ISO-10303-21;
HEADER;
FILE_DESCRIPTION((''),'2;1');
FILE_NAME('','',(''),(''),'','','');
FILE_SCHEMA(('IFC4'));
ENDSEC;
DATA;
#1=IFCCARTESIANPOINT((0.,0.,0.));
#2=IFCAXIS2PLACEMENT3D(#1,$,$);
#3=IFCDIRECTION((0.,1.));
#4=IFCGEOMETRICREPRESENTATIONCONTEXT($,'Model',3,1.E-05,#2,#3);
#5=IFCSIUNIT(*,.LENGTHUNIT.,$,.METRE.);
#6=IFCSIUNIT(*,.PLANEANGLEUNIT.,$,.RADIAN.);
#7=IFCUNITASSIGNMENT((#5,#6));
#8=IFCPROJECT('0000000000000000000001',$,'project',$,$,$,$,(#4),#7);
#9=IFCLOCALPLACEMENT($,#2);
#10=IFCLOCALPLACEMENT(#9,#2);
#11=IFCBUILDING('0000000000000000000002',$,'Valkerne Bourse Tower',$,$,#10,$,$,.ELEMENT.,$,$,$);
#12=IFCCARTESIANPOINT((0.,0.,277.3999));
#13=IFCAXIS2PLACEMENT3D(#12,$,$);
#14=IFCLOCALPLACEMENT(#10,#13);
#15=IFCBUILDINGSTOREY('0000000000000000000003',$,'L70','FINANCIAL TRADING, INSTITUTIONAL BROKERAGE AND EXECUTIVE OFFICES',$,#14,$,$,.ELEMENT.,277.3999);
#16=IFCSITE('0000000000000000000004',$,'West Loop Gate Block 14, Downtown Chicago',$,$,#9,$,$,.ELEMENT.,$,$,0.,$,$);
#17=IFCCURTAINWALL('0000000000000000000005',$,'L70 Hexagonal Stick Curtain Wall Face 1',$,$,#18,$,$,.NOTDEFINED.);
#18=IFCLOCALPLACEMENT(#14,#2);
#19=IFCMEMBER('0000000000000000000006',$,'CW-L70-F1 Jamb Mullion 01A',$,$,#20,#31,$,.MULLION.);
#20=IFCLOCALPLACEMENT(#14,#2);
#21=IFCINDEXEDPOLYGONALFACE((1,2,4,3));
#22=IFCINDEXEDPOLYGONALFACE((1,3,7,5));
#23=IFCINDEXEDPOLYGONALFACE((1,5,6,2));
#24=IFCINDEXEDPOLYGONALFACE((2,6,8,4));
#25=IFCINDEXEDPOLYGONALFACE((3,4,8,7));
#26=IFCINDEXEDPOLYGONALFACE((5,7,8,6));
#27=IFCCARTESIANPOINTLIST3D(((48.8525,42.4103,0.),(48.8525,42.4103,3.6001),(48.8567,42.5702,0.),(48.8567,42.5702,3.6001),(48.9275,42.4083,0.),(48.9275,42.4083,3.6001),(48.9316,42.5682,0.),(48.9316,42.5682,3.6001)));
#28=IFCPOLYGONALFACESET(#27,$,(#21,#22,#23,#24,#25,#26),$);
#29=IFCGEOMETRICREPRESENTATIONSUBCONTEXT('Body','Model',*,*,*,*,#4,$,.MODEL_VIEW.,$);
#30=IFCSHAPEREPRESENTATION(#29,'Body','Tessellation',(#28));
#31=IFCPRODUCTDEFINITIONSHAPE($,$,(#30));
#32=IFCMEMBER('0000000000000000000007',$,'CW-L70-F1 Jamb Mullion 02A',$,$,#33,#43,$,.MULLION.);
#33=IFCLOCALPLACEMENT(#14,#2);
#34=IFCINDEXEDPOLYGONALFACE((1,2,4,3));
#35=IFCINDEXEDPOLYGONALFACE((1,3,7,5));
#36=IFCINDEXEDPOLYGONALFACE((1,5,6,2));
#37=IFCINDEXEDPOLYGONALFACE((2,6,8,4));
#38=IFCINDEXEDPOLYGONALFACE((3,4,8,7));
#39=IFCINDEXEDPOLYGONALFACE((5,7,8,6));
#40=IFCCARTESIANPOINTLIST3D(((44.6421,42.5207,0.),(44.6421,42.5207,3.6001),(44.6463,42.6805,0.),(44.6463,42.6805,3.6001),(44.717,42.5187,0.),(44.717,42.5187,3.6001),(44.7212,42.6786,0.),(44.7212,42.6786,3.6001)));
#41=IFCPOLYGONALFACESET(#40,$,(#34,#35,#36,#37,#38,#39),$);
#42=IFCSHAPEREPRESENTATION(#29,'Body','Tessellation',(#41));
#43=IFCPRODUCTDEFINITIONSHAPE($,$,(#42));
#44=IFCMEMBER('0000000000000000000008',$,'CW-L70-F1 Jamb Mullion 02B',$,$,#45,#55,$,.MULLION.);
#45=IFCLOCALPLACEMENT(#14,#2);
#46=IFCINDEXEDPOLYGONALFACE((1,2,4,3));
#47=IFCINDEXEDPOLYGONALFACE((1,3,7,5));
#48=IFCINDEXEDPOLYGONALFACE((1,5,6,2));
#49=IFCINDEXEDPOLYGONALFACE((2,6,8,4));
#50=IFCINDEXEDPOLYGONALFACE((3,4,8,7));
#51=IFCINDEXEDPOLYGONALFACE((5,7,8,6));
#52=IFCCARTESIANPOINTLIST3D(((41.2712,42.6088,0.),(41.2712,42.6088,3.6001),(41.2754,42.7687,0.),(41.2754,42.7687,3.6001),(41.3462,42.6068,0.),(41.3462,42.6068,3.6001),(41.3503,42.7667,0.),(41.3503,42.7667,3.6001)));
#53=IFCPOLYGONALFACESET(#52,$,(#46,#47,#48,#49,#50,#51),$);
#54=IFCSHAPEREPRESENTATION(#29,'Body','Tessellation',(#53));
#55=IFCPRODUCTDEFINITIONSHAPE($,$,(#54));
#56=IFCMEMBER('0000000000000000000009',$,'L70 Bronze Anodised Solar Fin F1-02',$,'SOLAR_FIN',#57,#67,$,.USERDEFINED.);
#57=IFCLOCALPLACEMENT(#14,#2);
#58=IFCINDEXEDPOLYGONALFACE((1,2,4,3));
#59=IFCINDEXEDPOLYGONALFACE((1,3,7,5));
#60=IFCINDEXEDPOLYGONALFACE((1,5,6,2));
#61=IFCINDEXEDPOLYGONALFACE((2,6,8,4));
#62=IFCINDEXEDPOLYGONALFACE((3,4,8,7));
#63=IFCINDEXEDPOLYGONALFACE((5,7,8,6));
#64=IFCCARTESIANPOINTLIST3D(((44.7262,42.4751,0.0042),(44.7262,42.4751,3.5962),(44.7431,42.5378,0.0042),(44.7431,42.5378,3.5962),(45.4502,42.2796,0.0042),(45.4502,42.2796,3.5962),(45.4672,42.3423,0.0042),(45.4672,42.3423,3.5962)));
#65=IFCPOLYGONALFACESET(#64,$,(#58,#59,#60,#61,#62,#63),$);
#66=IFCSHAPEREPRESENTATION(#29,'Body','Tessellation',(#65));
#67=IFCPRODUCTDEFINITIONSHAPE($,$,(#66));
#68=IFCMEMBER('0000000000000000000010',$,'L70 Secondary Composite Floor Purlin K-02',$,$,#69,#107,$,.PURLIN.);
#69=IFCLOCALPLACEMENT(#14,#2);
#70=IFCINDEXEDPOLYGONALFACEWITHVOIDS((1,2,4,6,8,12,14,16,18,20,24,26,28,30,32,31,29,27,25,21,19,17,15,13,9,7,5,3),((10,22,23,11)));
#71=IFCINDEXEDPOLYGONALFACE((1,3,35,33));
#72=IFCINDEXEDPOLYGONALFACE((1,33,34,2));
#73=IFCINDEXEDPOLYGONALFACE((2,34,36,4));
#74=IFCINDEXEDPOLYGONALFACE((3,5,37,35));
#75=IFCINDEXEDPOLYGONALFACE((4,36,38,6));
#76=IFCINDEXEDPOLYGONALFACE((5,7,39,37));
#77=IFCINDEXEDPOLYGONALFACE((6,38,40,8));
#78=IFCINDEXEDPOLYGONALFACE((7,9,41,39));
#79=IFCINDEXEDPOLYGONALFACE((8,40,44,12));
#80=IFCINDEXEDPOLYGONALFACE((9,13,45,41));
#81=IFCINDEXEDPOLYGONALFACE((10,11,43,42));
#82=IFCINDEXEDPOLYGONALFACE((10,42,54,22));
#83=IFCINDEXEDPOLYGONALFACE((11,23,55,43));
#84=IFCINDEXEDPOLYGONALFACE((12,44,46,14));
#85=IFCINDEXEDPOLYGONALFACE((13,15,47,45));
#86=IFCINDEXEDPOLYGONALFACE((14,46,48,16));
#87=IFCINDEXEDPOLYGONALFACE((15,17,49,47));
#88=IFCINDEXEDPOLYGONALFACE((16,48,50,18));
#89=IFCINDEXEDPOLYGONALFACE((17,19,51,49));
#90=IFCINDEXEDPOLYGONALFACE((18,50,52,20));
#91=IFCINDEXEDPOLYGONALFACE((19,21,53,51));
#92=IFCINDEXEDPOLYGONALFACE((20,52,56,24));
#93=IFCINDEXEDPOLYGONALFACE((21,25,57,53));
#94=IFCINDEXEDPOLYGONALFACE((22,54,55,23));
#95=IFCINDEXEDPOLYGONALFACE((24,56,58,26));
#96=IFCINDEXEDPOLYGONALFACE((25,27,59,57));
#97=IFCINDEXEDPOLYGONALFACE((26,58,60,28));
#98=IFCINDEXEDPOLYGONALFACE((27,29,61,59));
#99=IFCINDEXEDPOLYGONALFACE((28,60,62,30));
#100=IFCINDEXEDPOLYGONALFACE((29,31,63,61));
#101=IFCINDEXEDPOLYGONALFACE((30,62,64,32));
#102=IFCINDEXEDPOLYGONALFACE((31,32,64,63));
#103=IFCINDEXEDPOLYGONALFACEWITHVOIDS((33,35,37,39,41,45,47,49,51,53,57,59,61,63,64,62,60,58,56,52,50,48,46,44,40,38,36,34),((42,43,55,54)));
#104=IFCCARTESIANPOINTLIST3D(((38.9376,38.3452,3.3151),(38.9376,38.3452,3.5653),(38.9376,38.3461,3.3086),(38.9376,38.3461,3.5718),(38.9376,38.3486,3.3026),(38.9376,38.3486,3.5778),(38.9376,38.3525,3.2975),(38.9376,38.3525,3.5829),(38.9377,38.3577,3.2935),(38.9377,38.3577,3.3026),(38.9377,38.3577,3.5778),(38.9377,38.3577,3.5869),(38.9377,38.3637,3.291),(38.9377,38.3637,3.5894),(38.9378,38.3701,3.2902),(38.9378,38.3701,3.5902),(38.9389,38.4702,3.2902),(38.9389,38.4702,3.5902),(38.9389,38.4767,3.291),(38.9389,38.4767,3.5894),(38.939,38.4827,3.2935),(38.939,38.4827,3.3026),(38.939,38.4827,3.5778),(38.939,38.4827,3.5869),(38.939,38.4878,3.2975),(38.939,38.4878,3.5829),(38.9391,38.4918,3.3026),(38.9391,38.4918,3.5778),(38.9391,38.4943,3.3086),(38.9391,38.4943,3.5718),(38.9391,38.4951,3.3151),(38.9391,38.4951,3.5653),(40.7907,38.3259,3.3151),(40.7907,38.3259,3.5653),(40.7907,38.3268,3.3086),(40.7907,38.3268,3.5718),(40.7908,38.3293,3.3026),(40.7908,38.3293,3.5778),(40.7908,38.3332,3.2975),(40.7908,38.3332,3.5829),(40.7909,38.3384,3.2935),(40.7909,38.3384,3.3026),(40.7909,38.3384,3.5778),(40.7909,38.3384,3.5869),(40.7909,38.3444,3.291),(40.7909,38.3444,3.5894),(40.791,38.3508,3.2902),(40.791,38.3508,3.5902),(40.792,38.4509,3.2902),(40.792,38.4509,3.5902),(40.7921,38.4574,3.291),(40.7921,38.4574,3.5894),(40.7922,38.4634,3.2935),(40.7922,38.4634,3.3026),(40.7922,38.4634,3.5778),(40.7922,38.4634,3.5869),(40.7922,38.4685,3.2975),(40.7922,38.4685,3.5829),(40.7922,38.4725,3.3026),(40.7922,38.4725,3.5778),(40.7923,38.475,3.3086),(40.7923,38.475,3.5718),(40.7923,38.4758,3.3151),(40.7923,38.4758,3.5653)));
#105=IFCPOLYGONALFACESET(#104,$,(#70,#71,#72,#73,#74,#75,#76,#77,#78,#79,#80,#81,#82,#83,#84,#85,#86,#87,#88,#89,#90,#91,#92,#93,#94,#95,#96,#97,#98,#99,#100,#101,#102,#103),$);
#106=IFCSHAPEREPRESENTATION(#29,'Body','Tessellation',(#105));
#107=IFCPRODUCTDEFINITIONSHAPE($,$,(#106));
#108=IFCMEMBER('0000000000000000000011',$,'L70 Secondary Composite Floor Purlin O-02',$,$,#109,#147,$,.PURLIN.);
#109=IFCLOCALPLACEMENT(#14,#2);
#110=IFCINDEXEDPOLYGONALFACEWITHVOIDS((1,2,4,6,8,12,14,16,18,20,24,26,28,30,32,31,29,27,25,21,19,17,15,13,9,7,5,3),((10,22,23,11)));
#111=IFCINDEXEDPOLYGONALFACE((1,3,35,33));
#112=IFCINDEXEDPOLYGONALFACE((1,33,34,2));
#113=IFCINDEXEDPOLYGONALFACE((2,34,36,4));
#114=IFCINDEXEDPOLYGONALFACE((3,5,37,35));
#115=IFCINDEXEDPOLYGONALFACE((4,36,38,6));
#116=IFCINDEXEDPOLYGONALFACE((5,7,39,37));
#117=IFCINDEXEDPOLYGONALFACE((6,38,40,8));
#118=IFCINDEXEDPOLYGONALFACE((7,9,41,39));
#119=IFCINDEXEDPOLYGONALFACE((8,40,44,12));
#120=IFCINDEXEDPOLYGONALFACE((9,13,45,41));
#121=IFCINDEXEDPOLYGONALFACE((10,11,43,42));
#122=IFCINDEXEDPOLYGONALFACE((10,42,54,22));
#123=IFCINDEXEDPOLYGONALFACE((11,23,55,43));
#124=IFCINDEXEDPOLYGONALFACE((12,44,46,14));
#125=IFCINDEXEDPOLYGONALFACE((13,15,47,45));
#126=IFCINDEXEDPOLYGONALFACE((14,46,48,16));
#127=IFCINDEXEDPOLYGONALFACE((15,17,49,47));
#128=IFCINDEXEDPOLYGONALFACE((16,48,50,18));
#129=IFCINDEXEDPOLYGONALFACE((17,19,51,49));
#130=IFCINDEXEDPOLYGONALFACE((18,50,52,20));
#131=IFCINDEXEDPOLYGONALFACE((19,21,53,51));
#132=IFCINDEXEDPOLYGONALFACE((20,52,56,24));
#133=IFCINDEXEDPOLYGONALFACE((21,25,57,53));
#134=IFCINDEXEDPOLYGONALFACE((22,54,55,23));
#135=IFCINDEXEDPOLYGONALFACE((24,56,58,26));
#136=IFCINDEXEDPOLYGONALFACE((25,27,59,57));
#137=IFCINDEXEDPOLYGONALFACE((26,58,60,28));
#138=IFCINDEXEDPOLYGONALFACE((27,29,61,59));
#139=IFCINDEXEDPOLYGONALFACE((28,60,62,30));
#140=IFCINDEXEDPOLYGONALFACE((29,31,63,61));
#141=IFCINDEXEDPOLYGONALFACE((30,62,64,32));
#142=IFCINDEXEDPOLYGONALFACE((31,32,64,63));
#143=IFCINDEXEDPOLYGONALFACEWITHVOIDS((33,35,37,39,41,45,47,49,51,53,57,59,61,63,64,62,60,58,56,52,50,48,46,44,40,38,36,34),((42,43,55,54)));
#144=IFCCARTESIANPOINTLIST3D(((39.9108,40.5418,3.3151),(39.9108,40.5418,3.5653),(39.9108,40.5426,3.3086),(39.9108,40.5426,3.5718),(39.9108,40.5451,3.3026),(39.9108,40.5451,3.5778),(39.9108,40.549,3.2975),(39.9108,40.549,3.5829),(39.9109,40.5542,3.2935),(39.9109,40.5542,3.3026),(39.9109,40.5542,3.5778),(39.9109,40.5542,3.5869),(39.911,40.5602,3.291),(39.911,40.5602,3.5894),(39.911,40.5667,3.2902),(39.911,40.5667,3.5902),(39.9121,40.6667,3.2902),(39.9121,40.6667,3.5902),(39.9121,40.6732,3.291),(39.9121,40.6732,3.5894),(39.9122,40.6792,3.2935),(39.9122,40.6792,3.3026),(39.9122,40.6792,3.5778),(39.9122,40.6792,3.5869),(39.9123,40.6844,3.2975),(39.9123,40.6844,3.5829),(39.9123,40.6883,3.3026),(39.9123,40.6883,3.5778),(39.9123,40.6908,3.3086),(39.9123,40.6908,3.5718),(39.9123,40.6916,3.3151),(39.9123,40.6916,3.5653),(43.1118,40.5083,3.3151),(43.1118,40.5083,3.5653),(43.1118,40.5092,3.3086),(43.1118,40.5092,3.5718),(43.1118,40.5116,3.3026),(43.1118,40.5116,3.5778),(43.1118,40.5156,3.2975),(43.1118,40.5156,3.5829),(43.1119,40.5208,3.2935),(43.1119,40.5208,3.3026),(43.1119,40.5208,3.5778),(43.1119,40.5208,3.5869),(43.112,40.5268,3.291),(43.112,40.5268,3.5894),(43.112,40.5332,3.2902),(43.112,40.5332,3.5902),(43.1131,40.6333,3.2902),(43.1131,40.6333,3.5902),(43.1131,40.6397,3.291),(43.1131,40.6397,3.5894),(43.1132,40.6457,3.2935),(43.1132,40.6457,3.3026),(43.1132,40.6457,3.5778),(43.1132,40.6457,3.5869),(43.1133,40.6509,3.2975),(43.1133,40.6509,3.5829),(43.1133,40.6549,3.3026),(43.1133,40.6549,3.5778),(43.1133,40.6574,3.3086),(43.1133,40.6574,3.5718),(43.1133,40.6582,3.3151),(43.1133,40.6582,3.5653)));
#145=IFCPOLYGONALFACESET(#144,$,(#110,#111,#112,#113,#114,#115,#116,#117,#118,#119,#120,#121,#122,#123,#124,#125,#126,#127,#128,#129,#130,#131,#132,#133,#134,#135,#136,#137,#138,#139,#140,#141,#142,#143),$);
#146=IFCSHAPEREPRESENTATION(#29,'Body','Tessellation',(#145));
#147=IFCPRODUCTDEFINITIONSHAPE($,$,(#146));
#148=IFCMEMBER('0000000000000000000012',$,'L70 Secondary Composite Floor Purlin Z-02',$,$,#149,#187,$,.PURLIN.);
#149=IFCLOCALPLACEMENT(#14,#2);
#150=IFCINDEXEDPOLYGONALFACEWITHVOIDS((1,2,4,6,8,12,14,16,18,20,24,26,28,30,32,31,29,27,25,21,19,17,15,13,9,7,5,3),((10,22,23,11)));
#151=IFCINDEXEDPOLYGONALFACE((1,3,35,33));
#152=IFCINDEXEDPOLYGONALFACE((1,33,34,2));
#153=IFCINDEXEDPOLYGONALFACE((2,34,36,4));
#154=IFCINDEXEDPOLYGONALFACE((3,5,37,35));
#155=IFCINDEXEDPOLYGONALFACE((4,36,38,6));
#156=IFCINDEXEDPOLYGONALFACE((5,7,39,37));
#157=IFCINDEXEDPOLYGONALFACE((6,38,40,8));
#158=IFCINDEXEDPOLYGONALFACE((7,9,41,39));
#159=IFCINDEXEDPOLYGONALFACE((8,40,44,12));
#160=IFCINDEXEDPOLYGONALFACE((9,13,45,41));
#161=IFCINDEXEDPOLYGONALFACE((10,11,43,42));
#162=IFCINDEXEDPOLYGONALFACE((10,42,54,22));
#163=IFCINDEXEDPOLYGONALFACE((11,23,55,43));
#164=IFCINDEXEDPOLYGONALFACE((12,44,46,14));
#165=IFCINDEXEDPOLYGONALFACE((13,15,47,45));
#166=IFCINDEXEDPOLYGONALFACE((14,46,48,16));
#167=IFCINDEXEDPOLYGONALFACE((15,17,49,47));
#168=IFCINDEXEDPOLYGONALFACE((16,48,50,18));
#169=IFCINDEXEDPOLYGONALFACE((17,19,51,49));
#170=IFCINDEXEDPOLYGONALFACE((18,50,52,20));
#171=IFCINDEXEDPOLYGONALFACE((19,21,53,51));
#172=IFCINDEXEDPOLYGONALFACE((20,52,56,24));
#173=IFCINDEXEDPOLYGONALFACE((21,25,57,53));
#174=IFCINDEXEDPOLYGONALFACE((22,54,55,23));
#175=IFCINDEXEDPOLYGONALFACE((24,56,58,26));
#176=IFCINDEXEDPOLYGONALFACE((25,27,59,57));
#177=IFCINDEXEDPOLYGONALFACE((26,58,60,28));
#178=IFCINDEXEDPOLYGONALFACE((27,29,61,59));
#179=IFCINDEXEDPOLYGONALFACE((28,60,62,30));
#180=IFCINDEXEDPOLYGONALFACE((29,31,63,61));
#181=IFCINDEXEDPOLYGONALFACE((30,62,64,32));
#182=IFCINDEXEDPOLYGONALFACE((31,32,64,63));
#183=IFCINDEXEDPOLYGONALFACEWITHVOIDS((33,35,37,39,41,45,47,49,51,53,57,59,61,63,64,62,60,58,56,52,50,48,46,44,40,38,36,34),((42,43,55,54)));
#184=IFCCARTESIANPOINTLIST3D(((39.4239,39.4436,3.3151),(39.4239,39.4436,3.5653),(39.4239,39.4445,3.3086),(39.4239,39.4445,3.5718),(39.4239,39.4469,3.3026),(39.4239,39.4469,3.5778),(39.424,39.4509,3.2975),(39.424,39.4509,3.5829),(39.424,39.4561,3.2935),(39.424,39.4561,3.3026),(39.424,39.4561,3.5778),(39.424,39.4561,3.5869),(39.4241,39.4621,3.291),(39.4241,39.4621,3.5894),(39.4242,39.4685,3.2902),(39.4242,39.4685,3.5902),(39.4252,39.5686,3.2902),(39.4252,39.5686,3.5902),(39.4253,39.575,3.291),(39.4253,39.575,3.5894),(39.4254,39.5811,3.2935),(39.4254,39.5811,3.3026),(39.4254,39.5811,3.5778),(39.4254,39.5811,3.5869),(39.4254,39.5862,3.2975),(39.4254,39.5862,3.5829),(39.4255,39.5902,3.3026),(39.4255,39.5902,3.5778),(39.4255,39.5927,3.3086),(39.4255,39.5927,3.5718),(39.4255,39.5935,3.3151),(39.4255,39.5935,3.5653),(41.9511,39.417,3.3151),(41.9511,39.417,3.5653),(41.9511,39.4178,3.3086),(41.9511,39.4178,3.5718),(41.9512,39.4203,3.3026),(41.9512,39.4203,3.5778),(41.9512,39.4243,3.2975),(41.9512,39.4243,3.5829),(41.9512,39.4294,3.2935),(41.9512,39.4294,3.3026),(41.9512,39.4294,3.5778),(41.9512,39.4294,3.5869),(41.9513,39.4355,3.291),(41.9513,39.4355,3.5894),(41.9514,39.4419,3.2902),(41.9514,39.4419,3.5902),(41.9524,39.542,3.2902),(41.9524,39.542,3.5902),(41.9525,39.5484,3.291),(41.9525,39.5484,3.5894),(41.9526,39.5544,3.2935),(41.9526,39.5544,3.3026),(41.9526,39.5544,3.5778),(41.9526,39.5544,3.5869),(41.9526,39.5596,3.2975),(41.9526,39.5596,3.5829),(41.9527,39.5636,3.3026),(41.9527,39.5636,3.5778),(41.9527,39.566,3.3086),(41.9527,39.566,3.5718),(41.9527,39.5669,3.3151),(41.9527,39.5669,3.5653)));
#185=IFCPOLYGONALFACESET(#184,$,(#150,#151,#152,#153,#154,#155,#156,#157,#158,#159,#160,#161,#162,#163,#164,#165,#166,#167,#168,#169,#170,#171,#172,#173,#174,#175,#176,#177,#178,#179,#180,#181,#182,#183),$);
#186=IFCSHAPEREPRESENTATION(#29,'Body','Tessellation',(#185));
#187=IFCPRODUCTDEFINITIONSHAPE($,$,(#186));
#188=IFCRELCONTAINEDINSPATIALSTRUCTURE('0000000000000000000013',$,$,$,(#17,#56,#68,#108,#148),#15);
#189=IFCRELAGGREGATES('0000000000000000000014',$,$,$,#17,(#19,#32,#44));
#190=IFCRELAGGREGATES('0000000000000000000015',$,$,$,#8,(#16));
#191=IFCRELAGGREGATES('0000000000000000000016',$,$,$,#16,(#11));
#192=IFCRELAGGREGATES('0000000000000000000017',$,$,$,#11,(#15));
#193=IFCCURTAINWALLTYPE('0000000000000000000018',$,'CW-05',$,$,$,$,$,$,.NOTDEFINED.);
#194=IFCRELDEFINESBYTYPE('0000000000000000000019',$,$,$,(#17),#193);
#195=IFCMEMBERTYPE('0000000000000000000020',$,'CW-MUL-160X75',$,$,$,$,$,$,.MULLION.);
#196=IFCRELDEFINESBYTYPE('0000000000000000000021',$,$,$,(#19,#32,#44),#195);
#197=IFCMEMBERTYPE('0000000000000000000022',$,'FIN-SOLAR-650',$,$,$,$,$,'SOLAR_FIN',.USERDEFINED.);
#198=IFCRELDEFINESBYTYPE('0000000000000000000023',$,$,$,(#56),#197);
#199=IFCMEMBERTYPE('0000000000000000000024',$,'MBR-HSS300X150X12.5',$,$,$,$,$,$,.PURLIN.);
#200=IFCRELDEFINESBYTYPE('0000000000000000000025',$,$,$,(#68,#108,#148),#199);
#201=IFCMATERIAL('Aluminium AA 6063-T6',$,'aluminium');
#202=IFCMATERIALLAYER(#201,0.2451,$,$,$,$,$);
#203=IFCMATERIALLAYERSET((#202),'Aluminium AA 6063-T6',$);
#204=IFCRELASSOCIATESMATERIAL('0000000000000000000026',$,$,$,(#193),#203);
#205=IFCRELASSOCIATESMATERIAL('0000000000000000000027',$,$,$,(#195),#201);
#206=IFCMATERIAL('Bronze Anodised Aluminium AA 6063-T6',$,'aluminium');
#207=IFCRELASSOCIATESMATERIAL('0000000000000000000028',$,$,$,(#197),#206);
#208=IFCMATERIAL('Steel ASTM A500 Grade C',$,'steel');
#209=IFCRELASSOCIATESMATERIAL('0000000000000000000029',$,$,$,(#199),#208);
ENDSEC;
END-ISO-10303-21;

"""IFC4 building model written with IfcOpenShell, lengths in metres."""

from ifc_helpers import new_model, si_unit, direction, frame, origin, origin_2d, place, context, subcontext, project, spatial, rectangle, hollow_rectangle, extrude, material, layer, layer_set, material_profile, profile_set, type_object, element, aggregate, save


model = new_model("IFC4")

# Units and contexts
model_context = context("Model", 3, precision=1e-05, world=origin(), true_north=direction((0.0, 1.0)))
body_context = subcontext(model_context, "Body", "Model", "MODEL_VIEW")
ifc_project = project(units=[si_unit("LENGTHUNIT", "METRE"), si_unit("PLANEANGLEUNIT", "RADIAN")], contexts=[model_context])

# Site, building, storey
site_placement = place(None, origin())
site = spatial("IfcSite", under=ifc_project, at=site_placement, Name="West Loop Gate Block 14, Downtown Chicago", CompositionType="ELEMENT", RefElevation=0.0)
building_placement = place(site_placement, origin())
building = spatial("IfcBuilding", under=site, at=building_placement, Name="Valkerne Bourse Tower", CompositionType="ELEMENT")
storey_placement = place(building_placement, frame((0.0, 0.0, 277.3999)))
storey = spatial("IfcBuildingStorey", under=building, at=storey_placement, Name="L70", Description="FINANCIAL TRADING, INSTITUTIONAL BROKERAGE AND EXECUTIVE OFFICES", CompositionType="ELEMENT", Elevation=277.3999)

# Curtain wall, members
ifc_material_1 = material(Name="Aluminium AA 6063-T6", Category="aluminium")
ifc_layer_1 = layer(ifc_material_1, 0.2451)
ifc_layer_set_1 = layer_set([ifc_layer_1], Name="Aluminium AA 6063-T6")
curtain_wall_type = type_object("IfcCurtainWallType", Name="CW-05", PredefinedType="NOTDEFINED", material=ifc_layer_set_1)
curtain_wall_placement = place(storey_placement, origin())
curtain_wall = element("IfcCurtainWall", 1, at=curtain_wall_placement, inside=storey, type_object=curtain_wall_type, Name="L70 Hexagonal Stick Curtain Wall Face 1", PredefinedType="NOTDEFINED")
ifc_material_profile_1 = material_profile(ifc_material_1, rectangle(XDim=0.075, YDim=0.1599, at=origin_2d()), Name="CWM-75X160")
ifc_profile_set_1 = profile_set([ifc_material_profile_1], Name="Aluminium AA 6063-T6")
member_type_1 = type_object("IfcMemberType", Name="CW-MUL-160X75", PredefinedType="MULLION", material=ifc_profile_set_1)
member_1_placement = place(storey_placement, frame((48.8921, 42.4893, 0.0), z_axis=(0.0, 0.0, 1.0), x_axis=(-0.999657, 0.026187, 0.0)))
member_1 = element("IfcMember", 2, at=member_1_placement, type_object=member_type_1, Name="CW-L70-F1 Jamb Mullion 01A", PredefinedType="MULLION", context=body_context, shape_type="SweptSolid", body=[
    extrude(rectangle(XDim=0.075, YDim=0.1599, at=origin_2d()), origin(), (0.0, 0.0, 1.0), 3.6001),
])
member_2_placement = place(storey_placement, frame((44.6816, 42.5996, 0.0), z_axis=(0.0, 0.0, 1.0), x_axis=(-0.999658, 0.026163, 0.0)))
member_2 = element("IfcMember", 3, at=member_2_placement, type_object=member_type_1, Name="CW-L70-F1 Jamb Mullion 02A", PredefinedType="MULLION", context=body_context, shape_type="SweptSolid", body=[
    extrude(rectangle(XDim=0.075, YDim=0.1599, at=origin_2d()), origin(), (0.0, 0.0, 1.0), 3.6001),
])
member_3_placement = place(storey_placement, frame((41.3108, 42.6877, 0.0), z_axis=(0.0, 0.0, 1.0), x_axis=(-0.999658, 0.026163, 0.0)))
member_3 = element("IfcMember", 4, at=member_3_placement, type_object=member_type_1, Name="CW-L70-F1 Jamb Mullion 02B", PredefinedType="MULLION", context=body_context, shape_type="SweptSolid", body=[
    extrude(rectangle(XDim=0.075, YDim=0.1599, at=origin_2d()), origin(), (0.0, 0.0, 1.0), 3.6001),
])

# Members
ifc_material_2 = material(Name="Bronze Anodised Aluminium AA 6063-T6", Category="aluminium")
ifc_material_profile_2 = material_profile(ifc_material_2, rectangle(XDim=0.0649, YDim=0.75, at=origin_2d()), Name="FIN-65X750")
ifc_profile_set_2 = profile_set([ifc_material_profile_2], Name="Bronze Anodised Aluminium AA 6063-T6")
member_type_2 = type_object("IfcMemberType", Name="FIN-SOLAR-650", ElementType="SOLAR_FIN", PredefinedType="USERDEFINED", material=ifc_profile_set_2)
member_4_placement = place(storey_placement, frame((45.0967, 42.4087, 0.0042), z_axis=(0.0, 0.0, 1.0), x_axis=(0.260712, 0.965417, 0.0)))
element("IfcMember", 5, at=member_4_placement, inside=storey, type_object=member_type_2, Name="L70 Bronze Anodised Solar Fin F1-02", ObjectType="SOLAR_FIN", PredefinedType="USERDEFINED", context=body_context, shape_type="SweptSolid", body=[
    extrude(rectangle(XDim=0.0649, YDim=0.75, at=origin_2d()), origin(), (0.0, 0.0, 1.0), 3.592),
])
ifc_material_3 = material(Name="Steel ASTM A500 Grade C", Category="steel")
ifc_material_profile_3 = material_profile(ifc_material_3, hollow_rectangle(XDim=0.1499, YDim=0.3, WallThickness=0.0125, OuterFilletRadius=0.0249, at=origin_2d()), Name="HSS300X150X12.5")
ifc_profile_set_3 = profile_set([ifc_material_profile_3], Name="Steel ASTM A500 Grade C")
member_type_3 = type_object("IfcMemberType", Name="MBR-HSS300X150X12.5", PredefinedType="PURLIN", material=ifc_profile_set_3)
member_5_placement = place(storey_placement, frame((40.7915, 38.4009, 3.4402), z_axis=(-0.999946, 0.010406, 0.0), x_axis=(-0.010406, -0.999946, 0.0)))
element("IfcMember", 6, at=member_5_placement, inside=storey, type_object=member_type_3, Name="L70 Secondary Composite Floor Purlin K-02", PredefinedType="PURLIN", context=body_context, shape_type="SweptSolid", body=[
    extrude(hollow_rectangle(XDim=0.1499, YDim=0.3, WallThickness=0.0125, OuterFilletRadius=0.0249, at=origin_2d()), origin(), (0.0, 0.0, 1.0), 1.8533),
])
member_6_placement = place(storey_placement, frame((43.1125, 40.5833, 3.4402), z_axis=(-0.999945, 0.010449, 0.0), x_axis=(-0.010449, -0.999945, 0.0)))
element("IfcMember", 7, at=member_6_placement, inside=storey, type_object=member_type_3, Name="L70 Secondary Composite Floor Purlin O-02", PredefinedType="PURLIN", context=body_context, shape_type="SweptSolid", body=[
    extrude(hollow_rectangle(XDim=0.1499, YDim=0.3, WallThickness=0.0125, OuterFilletRadius=0.0249, at=origin_2d()), origin(), (0.0, 0.0, 1.0), 3.2012),
])
member_7_placement = place(storey_placement, frame((41.9519, 39.4919, 3.4402), z_axis=(-0.999945, 0.01053, 0.0), x_axis=(-0.01053, -0.999945, 0.0)))
element("IfcMember", 8, at=member_7_placement, inside=storey, type_object=member_type_3, Name="L70 Secondary Composite Floor Purlin Z-02", PredefinedType="PURLIN", context=body_context, shape_type="SweptSolid", body=[
    extrude(hollow_rectangle(XDim=0.1499, YDim=0.3, WallThickness=0.0125, OuterFilletRadius=0.0249, at=origin_2d()), origin(), (0.0, 0.0, 1.0), 2.5273),
])

aggregate(curtain_wall, [member_1, member_2, member_3])

save(model, "model.ifc")
